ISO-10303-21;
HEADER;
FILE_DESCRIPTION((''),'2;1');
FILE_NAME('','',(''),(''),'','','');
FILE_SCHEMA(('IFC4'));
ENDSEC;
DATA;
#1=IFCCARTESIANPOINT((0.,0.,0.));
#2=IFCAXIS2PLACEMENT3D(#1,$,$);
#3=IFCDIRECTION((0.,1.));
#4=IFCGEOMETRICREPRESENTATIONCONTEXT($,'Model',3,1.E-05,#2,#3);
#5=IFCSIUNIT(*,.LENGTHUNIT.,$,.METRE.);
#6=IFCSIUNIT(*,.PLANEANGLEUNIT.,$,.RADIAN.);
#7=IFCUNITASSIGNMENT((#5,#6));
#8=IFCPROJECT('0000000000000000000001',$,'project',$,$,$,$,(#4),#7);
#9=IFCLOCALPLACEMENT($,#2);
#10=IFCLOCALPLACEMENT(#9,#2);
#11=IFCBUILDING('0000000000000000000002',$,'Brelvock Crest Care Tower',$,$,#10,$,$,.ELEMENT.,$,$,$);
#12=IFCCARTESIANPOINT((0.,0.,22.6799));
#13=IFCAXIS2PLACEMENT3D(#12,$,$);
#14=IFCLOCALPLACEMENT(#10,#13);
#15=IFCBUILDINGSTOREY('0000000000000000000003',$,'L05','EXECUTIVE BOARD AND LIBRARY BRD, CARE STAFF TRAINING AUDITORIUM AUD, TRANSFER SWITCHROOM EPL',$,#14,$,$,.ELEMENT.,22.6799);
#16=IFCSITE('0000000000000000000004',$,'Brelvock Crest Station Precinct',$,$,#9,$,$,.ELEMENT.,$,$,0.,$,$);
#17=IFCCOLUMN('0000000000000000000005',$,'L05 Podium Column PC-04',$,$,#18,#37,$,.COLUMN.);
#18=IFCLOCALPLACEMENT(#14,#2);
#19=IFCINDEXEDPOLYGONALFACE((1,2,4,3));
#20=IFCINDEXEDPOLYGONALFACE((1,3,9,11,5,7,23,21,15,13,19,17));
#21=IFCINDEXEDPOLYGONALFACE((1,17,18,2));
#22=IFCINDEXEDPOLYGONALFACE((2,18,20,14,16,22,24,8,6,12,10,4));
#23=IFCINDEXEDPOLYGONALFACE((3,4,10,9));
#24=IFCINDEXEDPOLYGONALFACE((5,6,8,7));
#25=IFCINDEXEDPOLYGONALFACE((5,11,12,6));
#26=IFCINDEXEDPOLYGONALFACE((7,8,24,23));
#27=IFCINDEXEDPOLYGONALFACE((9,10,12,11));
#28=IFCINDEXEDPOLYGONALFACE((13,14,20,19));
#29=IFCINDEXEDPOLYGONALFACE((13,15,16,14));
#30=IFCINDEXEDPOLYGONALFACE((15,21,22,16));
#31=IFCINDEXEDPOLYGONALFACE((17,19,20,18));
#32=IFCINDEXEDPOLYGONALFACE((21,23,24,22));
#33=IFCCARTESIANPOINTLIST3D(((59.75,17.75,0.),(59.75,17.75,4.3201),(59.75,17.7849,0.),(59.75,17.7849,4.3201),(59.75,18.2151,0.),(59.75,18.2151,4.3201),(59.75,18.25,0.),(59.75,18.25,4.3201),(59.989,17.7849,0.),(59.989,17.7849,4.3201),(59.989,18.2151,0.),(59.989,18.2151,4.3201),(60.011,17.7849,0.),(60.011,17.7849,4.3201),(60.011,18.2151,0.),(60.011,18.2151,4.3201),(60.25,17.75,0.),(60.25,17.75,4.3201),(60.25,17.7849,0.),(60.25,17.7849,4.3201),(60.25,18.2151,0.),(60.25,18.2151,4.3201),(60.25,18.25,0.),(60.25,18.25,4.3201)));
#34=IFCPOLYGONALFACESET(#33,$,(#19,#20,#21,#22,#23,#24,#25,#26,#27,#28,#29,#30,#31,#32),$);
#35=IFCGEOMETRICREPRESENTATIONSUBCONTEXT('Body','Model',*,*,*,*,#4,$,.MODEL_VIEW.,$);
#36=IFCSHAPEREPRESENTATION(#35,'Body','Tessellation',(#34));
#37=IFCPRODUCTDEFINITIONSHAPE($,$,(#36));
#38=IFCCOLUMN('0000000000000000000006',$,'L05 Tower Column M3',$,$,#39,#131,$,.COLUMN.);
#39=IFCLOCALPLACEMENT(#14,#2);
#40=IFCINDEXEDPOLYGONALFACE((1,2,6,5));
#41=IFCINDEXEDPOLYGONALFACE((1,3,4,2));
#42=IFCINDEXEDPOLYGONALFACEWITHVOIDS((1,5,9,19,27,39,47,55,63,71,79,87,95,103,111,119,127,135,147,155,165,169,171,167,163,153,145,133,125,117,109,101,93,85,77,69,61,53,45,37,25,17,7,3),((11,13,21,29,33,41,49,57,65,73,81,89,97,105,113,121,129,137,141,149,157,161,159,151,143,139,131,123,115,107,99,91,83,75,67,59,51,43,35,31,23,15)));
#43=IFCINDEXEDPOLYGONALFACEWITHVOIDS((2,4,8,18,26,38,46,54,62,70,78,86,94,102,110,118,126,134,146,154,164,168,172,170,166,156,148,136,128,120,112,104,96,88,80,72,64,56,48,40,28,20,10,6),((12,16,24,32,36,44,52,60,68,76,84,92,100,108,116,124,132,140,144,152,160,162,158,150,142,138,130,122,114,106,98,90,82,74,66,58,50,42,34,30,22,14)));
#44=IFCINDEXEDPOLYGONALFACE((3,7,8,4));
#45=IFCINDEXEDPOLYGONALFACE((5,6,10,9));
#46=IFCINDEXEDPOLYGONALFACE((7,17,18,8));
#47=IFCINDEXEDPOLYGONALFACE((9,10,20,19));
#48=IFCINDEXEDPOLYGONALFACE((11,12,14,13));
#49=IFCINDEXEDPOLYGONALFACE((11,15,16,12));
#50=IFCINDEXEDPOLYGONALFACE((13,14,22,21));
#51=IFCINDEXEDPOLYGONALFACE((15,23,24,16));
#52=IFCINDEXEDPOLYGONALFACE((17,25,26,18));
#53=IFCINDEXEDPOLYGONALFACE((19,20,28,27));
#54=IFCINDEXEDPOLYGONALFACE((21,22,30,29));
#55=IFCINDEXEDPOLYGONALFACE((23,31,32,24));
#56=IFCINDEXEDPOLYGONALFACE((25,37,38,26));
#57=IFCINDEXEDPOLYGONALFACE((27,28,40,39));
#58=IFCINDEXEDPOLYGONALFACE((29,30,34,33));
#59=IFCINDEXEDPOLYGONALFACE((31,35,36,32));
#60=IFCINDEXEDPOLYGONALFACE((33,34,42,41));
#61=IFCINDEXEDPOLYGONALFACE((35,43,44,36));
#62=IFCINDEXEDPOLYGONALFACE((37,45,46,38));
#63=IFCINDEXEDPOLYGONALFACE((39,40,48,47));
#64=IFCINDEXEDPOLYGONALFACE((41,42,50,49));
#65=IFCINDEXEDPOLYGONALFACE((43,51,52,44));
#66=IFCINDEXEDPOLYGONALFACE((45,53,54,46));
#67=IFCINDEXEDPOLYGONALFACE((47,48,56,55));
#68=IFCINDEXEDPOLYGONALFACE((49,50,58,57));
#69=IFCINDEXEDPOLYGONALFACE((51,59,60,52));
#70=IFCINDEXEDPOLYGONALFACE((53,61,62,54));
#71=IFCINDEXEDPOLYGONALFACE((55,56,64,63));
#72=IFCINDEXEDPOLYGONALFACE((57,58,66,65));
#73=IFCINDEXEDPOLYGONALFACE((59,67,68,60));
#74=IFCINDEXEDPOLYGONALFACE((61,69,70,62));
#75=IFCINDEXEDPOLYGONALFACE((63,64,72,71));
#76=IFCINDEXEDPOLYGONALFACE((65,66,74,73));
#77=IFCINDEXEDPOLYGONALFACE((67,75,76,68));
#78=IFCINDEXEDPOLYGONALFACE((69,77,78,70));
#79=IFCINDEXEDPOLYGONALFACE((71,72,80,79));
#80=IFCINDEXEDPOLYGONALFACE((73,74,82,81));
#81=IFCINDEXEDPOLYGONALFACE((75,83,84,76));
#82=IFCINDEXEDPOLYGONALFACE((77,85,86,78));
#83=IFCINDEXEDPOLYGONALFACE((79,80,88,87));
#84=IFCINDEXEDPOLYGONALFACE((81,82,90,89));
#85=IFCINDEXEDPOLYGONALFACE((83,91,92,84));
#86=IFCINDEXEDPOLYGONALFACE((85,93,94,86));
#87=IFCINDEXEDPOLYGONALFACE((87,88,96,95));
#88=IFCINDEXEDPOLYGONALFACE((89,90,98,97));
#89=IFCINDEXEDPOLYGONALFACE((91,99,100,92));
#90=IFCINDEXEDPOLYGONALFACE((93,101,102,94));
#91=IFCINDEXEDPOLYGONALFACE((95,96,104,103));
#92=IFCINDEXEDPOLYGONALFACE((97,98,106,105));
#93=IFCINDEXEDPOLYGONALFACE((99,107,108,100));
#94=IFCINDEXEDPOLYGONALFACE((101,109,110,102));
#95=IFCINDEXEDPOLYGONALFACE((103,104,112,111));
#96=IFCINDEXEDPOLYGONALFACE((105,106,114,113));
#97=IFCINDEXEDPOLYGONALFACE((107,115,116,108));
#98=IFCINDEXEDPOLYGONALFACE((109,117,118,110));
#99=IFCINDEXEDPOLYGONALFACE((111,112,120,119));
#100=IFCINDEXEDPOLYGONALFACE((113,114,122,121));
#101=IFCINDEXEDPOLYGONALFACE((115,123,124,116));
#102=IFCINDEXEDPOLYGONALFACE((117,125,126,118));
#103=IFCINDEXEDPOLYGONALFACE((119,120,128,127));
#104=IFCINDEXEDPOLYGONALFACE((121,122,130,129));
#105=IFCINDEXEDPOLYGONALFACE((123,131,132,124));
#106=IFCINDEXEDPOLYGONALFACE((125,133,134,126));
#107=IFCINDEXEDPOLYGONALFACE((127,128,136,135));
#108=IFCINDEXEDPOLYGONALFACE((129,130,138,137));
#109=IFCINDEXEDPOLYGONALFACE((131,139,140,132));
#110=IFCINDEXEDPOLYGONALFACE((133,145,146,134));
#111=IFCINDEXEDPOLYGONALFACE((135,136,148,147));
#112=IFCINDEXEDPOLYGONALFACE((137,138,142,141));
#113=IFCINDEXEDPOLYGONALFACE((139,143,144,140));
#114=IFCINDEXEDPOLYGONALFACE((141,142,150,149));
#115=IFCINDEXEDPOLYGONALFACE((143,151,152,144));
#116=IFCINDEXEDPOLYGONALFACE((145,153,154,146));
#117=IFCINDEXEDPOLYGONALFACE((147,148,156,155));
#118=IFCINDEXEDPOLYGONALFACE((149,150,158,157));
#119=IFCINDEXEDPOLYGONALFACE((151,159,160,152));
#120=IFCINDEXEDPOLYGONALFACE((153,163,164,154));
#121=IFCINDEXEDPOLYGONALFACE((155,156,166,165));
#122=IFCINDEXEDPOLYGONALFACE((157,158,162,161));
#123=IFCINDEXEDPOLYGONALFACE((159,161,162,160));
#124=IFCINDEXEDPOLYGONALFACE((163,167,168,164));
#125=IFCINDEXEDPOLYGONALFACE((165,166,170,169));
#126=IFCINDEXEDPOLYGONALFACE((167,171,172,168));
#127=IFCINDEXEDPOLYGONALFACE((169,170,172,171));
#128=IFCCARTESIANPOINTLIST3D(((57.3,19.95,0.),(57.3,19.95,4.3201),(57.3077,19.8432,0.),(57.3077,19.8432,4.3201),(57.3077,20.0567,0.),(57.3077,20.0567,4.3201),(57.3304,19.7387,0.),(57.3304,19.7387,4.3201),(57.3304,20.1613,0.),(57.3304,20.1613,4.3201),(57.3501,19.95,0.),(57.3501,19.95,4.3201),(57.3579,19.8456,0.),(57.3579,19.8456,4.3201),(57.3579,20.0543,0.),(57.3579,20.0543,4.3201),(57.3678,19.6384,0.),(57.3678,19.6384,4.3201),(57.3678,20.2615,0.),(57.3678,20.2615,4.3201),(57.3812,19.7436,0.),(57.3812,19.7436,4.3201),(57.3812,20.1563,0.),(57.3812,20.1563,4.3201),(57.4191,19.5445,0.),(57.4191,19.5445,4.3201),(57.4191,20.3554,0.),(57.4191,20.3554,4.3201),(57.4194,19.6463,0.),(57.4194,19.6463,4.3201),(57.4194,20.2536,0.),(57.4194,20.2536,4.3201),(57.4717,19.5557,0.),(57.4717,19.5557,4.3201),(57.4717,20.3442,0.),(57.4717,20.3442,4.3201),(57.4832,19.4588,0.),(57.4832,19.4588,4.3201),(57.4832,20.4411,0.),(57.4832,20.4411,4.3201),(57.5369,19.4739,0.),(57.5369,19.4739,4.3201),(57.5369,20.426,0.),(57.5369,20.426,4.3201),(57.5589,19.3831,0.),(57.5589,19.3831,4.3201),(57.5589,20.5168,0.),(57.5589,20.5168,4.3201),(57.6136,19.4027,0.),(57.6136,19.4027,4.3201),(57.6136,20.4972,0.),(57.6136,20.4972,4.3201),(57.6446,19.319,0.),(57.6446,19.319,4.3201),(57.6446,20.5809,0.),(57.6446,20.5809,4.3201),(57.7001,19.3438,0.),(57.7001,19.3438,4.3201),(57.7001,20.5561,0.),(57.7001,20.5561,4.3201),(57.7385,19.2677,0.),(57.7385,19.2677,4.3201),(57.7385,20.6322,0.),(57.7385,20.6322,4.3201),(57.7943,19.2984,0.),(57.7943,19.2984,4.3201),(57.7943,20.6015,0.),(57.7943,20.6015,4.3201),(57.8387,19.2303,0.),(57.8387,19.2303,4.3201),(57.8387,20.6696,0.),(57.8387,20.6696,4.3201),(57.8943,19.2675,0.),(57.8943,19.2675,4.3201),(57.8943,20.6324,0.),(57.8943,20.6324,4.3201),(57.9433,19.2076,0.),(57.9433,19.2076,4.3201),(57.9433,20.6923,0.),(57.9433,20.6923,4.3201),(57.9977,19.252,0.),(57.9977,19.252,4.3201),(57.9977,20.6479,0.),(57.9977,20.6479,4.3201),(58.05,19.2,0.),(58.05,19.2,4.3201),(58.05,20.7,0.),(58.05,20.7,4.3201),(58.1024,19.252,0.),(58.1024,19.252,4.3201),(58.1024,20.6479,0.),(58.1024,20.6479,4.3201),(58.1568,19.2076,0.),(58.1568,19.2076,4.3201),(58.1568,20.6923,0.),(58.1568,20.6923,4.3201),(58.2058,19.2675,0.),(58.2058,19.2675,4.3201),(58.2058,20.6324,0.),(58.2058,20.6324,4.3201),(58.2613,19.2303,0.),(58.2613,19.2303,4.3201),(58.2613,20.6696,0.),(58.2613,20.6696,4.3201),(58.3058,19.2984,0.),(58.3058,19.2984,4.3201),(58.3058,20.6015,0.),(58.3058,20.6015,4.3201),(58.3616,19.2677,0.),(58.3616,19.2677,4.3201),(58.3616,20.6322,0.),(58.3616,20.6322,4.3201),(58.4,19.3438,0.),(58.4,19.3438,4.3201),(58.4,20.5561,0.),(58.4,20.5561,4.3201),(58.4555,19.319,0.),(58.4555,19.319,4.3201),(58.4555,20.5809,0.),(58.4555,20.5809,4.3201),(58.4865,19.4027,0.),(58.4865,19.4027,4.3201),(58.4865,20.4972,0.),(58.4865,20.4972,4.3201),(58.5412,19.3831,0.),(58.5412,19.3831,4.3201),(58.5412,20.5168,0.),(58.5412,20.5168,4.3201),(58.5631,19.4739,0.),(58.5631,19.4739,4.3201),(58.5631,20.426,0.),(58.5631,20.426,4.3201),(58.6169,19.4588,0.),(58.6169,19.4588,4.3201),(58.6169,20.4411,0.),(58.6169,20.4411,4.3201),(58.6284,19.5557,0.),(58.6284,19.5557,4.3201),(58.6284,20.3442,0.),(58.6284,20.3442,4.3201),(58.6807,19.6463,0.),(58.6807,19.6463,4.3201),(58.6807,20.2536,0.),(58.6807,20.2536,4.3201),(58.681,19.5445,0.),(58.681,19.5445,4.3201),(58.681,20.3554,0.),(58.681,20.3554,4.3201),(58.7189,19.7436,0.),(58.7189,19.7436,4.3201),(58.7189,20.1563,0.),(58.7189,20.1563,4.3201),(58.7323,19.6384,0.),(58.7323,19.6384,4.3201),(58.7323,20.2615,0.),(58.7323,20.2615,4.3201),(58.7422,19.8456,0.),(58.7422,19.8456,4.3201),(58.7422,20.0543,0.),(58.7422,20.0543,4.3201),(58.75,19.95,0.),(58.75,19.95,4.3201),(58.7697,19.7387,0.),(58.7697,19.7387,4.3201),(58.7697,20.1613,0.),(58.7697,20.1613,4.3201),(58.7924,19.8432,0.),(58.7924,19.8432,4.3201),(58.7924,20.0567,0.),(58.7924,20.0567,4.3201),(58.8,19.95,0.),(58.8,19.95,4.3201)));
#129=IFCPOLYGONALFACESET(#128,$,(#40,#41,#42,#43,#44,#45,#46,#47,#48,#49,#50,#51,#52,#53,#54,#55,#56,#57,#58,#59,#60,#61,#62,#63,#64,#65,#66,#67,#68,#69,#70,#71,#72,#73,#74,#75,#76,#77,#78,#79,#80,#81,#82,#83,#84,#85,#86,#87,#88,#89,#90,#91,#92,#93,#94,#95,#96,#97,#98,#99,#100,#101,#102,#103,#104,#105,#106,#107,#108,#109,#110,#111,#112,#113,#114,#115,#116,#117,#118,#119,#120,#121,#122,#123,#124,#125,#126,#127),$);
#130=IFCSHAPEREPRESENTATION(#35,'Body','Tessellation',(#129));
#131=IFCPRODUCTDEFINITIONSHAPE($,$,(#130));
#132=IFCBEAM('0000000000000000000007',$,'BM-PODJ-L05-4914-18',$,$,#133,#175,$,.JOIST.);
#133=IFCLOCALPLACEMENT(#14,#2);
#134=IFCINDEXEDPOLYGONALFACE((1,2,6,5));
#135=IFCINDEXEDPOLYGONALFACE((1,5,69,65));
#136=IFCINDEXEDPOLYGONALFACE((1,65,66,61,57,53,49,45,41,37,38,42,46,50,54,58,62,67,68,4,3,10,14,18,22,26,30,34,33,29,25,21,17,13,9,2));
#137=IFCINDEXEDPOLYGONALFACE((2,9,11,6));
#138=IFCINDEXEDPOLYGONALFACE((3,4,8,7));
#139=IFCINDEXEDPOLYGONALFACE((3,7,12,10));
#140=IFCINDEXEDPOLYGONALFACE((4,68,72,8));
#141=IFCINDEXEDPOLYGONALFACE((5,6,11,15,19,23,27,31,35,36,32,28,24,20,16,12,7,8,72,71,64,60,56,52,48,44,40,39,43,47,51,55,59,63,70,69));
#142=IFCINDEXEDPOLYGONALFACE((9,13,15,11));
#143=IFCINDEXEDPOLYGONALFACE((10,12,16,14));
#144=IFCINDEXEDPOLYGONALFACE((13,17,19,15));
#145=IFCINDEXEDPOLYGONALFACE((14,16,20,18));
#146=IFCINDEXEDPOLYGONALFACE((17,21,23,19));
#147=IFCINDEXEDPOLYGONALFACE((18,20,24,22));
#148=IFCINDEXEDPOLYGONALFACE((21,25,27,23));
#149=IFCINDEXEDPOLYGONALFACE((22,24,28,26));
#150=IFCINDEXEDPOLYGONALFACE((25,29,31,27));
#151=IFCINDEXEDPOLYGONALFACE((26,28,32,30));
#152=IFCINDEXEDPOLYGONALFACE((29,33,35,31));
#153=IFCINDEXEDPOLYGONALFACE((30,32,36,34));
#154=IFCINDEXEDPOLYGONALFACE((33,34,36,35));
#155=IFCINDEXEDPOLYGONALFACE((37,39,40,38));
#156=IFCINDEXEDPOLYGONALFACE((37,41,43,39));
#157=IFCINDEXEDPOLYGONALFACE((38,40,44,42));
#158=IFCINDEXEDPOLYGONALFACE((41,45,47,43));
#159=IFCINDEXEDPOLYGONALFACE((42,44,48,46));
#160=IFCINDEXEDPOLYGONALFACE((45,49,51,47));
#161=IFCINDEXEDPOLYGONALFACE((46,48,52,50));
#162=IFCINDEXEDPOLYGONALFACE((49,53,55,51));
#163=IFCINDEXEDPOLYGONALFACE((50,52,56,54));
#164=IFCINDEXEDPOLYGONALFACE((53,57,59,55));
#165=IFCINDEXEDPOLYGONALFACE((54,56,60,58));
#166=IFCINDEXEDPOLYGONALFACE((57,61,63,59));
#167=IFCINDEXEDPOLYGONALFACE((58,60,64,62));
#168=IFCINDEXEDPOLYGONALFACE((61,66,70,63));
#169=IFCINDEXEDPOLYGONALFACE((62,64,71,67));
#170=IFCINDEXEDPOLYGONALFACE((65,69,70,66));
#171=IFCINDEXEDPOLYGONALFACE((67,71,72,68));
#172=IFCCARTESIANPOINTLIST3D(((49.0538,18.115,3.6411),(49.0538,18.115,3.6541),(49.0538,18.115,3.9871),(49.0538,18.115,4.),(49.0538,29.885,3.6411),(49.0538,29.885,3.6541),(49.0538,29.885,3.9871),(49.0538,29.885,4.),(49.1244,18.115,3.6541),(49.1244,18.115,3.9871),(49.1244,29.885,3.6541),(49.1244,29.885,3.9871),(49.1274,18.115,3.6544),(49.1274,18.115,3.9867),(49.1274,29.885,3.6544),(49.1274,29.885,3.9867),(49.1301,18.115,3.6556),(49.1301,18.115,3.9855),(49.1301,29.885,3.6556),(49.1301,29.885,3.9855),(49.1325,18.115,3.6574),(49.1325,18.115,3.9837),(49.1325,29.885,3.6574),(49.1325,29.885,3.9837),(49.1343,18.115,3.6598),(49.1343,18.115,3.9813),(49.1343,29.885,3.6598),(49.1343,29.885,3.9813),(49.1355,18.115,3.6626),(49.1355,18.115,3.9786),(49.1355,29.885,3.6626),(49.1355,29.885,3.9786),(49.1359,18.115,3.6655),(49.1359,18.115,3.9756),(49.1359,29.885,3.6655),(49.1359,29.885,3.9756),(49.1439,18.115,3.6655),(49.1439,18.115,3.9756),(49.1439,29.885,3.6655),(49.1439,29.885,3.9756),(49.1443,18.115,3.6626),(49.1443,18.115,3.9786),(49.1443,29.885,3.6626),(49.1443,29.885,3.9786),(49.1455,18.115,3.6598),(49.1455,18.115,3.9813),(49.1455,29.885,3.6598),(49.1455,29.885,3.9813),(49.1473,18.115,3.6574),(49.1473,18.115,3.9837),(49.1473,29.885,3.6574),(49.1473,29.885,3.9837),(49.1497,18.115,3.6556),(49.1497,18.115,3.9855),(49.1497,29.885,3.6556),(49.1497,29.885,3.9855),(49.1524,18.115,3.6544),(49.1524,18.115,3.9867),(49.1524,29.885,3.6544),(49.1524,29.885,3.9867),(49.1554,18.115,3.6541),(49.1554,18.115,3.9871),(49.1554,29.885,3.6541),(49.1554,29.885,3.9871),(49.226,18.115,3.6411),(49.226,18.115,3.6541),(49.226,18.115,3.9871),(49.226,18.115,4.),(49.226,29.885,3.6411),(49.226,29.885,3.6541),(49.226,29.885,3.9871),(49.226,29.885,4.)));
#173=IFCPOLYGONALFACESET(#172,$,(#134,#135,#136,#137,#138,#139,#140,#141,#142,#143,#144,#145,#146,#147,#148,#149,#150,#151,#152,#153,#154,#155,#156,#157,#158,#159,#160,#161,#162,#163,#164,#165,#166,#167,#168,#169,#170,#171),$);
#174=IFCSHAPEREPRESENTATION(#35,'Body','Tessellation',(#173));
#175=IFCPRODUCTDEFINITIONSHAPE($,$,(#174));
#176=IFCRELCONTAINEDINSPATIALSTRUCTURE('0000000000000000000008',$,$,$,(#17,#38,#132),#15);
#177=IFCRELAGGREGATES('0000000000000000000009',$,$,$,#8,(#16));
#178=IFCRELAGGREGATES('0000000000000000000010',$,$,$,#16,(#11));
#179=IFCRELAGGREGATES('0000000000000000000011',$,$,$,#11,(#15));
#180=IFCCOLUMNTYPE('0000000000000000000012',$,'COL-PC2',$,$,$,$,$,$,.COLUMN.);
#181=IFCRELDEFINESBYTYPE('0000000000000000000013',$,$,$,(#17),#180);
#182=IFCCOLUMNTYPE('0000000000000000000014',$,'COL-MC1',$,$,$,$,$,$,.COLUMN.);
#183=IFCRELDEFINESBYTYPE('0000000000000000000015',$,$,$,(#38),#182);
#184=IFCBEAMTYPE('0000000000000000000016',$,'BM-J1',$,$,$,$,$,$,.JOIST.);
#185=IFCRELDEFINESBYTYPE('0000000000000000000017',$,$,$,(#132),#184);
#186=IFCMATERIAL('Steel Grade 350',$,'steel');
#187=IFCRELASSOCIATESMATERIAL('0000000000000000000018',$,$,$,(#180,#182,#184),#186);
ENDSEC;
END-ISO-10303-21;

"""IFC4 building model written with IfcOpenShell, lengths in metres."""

from ifc_helpers import new_model, si_unit, direction, frame, origin, origin_2d, place, context, subcontext, project, spatial, hollow_circle, i_section, extrude, source, transform, mapped, material, material_profile, profile_set, type_object, element, save


model = new_model("IFC4")

# Units and contexts
model_context = context("Model", 3, precision=1e-05, world=origin(), true_north=direction((0.0, 1.0)))
body_context = subcontext(model_context, "Body", "Model", "MODEL_VIEW")
ifc_project = project(units=[si_unit("LENGTHUNIT", "METRE"), si_unit("PLANEANGLEUNIT", "RADIAN")], contexts=[model_context])

# Site, building, storey
site_placement = place(None, origin())
site = spatial("IfcSite", under=ifc_project, at=site_placement, Name="Brelvock Crest Station Precinct", CompositionType="ELEMENT", RefElevation=0.0)
building_placement = place(site_placement, origin())
building = spatial("IfcBuilding", under=site, at=building_placement, Name="Brelvock Crest Care Tower", CompositionType="ELEMENT")
storey_placement = place(building_placement, frame((0.0, 0.0, 22.6799)))
storey = spatial("IfcBuildingStorey", under=building, at=storey_placement, Name="L05", Description="EXECUTIVE BOARD AND LIBRARY BRD, CARE STAFF TRAINING AUDITORIUM AUD, TRANSFER SWITCHROOM EPL", CompositionType="ELEMENT", Elevation=22.6799)

# Columns
ifc_material_1 = material(Name="Steel Grade 350", Category="steel")
ifc_material_profile_1 = material_profile(ifc_material_1, i_section(OverallWidth=0.5, OverallDepth=0.5, WebThickness=0.022, FlangeThickness=0.0349, at=origin_2d()), Name="500WC340")
ifc_profile_set_1 = profile_set([ifc_material_profile_1], Name="Steel Grade 350")
column_type_1 = type_object("IfcColumnType", Name="COL-PC2", PredefinedType="COLUMN", material=ifc_profile_set_1)
shared_shape_1 = source(origin(), body_context, "Body", "SweptSolid", [
    extrude(i_section(OverallWidth=0.5, OverallDepth=0.5, WebThickness=0.022, FlangeThickness=0.0349, at=origin_2d()), origin(), (0.0, 0.0, 1.0), 4.3201),
])
column_1_placement = place(storey_placement, frame((60.0, 18.0, 0.0), z_axis=(0.0, 0.0, 1.0), x_axis=(1.0, 0.0, 0.0)))
element("IfcColumn", 1, at=column_1_placement, inside=storey, type_object=column_type_1, Name="L05 Podium Column PC-04", PredefinedType="COLUMN", context=body_context, shape_type="MappedRepresentation", body=[
    mapped(shared_shape_1, transform((0.0, 0.0, 0.0), x_axis=(1.0, 0.0, 0.0), y_axis=(0.0, 1.0, 0.0), z_axis=(0.0, 0.0, 1.0), scale=1.0)),
])
ifc_material_profile_2 = material_profile(ifc_material_1, hollow_circle(Radius=0.75, WallThickness=0.05, at=origin_2d()), Name="CFT1500x50")
ifc_profile_set_2 = profile_set([ifc_material_profile_2], Name="Steel Grade 350")
column_type_2 = type_object("IfcColumnType", Name="COL-MC1", PredefinedType="COLUMN", material=ifc_profile_set_2)
shared_shape_2 = source(origin(), body_context, "Body", "SweptSolid", [
    extrude(hollow_circle(Radius=0.75, WallThickness=0.05, at=origin_2d()), origin(), (0.0, 0.0, 1.0), 4.3201),
])
column_2_placement = place(storey_placement, frame((58.05, 19.95, 0.0), z_axis=(0.0, 0.0, 1.0), x_axis=(1.0, 0.0, 0.0)))
element("IfcColumn", 2, at=column_2_placement, inside=storey, type_object=column_type_2, Name="L05 Tower Column M3", PredefinedType="COLUMN", context=body_context, shape_type="MappedRepresentation", body=[
    mapped(shared_shape_2, transform((0.0, 0.0, 0.0), x_axis=(1.0, 0.0, 0.0), y_axis=(0.0, 1.0, 0.0), z_axis=(0.0, 0.0, 1.0), scale=1.0)),
])

# Beam
ifc_material_profile_3 = material_profile(ifc_material_1, i_section(OverallWidth=0.1721, OverallDepth=0.3589, WebThickness=0.0081, FlangeThickness=0.0129, FilletRadius=0.0115, at=origin_2d()), Name="360UB56.7")
ifc_profile_set_3 = profile_set([ifc_material_profile_3], Name="Steel Grade 350")
beam_type_1 = type_object("IfcBeamType", Name="BM-J1", PredefinedType="JOIST", material=ifc_profile_set_3)
shared_shape_3 = source(origin(), body_context, "Body", "SweptSolid", [
    extrude(i_section(OverallWidth=0.1721, OverallDepth=0.3589, WebThickness=0.0081, FlangeThickness=0.0129, FilletRadius=0.0115, at=origin_2d()), origin(), (0.0, 0.0, 1.0), 11.77),
])
for number, where, z_axis, x_axis, name in (
    (3, (49.1399, 18.115, 3.8206), (0.0, 1.0, 0.0), (-1.0, 0.0, 0.0), "BM-PODJ-L05-4914-18"),
):
    element("IfcBeam", number, at=place(storey_placement, frame(where, z_axis=z_axis, x_axis=x_axis)), inside=storey, type_object=beam_type_1, Name=name, PredefinedType="JOIST", context=body_context, shape_type="MappedRepresentation", body=[
        mapped(shared_shape_3, transform((0.0, 0.0, 0.0), x_axis=(1.0, 0.0, 0.0), y_axis=(0.0, 1.0, 0.0), z_axis=(0.0, 0.0, 1.0), scale=1.0)),
    ])

save(model, "model.ifc")
